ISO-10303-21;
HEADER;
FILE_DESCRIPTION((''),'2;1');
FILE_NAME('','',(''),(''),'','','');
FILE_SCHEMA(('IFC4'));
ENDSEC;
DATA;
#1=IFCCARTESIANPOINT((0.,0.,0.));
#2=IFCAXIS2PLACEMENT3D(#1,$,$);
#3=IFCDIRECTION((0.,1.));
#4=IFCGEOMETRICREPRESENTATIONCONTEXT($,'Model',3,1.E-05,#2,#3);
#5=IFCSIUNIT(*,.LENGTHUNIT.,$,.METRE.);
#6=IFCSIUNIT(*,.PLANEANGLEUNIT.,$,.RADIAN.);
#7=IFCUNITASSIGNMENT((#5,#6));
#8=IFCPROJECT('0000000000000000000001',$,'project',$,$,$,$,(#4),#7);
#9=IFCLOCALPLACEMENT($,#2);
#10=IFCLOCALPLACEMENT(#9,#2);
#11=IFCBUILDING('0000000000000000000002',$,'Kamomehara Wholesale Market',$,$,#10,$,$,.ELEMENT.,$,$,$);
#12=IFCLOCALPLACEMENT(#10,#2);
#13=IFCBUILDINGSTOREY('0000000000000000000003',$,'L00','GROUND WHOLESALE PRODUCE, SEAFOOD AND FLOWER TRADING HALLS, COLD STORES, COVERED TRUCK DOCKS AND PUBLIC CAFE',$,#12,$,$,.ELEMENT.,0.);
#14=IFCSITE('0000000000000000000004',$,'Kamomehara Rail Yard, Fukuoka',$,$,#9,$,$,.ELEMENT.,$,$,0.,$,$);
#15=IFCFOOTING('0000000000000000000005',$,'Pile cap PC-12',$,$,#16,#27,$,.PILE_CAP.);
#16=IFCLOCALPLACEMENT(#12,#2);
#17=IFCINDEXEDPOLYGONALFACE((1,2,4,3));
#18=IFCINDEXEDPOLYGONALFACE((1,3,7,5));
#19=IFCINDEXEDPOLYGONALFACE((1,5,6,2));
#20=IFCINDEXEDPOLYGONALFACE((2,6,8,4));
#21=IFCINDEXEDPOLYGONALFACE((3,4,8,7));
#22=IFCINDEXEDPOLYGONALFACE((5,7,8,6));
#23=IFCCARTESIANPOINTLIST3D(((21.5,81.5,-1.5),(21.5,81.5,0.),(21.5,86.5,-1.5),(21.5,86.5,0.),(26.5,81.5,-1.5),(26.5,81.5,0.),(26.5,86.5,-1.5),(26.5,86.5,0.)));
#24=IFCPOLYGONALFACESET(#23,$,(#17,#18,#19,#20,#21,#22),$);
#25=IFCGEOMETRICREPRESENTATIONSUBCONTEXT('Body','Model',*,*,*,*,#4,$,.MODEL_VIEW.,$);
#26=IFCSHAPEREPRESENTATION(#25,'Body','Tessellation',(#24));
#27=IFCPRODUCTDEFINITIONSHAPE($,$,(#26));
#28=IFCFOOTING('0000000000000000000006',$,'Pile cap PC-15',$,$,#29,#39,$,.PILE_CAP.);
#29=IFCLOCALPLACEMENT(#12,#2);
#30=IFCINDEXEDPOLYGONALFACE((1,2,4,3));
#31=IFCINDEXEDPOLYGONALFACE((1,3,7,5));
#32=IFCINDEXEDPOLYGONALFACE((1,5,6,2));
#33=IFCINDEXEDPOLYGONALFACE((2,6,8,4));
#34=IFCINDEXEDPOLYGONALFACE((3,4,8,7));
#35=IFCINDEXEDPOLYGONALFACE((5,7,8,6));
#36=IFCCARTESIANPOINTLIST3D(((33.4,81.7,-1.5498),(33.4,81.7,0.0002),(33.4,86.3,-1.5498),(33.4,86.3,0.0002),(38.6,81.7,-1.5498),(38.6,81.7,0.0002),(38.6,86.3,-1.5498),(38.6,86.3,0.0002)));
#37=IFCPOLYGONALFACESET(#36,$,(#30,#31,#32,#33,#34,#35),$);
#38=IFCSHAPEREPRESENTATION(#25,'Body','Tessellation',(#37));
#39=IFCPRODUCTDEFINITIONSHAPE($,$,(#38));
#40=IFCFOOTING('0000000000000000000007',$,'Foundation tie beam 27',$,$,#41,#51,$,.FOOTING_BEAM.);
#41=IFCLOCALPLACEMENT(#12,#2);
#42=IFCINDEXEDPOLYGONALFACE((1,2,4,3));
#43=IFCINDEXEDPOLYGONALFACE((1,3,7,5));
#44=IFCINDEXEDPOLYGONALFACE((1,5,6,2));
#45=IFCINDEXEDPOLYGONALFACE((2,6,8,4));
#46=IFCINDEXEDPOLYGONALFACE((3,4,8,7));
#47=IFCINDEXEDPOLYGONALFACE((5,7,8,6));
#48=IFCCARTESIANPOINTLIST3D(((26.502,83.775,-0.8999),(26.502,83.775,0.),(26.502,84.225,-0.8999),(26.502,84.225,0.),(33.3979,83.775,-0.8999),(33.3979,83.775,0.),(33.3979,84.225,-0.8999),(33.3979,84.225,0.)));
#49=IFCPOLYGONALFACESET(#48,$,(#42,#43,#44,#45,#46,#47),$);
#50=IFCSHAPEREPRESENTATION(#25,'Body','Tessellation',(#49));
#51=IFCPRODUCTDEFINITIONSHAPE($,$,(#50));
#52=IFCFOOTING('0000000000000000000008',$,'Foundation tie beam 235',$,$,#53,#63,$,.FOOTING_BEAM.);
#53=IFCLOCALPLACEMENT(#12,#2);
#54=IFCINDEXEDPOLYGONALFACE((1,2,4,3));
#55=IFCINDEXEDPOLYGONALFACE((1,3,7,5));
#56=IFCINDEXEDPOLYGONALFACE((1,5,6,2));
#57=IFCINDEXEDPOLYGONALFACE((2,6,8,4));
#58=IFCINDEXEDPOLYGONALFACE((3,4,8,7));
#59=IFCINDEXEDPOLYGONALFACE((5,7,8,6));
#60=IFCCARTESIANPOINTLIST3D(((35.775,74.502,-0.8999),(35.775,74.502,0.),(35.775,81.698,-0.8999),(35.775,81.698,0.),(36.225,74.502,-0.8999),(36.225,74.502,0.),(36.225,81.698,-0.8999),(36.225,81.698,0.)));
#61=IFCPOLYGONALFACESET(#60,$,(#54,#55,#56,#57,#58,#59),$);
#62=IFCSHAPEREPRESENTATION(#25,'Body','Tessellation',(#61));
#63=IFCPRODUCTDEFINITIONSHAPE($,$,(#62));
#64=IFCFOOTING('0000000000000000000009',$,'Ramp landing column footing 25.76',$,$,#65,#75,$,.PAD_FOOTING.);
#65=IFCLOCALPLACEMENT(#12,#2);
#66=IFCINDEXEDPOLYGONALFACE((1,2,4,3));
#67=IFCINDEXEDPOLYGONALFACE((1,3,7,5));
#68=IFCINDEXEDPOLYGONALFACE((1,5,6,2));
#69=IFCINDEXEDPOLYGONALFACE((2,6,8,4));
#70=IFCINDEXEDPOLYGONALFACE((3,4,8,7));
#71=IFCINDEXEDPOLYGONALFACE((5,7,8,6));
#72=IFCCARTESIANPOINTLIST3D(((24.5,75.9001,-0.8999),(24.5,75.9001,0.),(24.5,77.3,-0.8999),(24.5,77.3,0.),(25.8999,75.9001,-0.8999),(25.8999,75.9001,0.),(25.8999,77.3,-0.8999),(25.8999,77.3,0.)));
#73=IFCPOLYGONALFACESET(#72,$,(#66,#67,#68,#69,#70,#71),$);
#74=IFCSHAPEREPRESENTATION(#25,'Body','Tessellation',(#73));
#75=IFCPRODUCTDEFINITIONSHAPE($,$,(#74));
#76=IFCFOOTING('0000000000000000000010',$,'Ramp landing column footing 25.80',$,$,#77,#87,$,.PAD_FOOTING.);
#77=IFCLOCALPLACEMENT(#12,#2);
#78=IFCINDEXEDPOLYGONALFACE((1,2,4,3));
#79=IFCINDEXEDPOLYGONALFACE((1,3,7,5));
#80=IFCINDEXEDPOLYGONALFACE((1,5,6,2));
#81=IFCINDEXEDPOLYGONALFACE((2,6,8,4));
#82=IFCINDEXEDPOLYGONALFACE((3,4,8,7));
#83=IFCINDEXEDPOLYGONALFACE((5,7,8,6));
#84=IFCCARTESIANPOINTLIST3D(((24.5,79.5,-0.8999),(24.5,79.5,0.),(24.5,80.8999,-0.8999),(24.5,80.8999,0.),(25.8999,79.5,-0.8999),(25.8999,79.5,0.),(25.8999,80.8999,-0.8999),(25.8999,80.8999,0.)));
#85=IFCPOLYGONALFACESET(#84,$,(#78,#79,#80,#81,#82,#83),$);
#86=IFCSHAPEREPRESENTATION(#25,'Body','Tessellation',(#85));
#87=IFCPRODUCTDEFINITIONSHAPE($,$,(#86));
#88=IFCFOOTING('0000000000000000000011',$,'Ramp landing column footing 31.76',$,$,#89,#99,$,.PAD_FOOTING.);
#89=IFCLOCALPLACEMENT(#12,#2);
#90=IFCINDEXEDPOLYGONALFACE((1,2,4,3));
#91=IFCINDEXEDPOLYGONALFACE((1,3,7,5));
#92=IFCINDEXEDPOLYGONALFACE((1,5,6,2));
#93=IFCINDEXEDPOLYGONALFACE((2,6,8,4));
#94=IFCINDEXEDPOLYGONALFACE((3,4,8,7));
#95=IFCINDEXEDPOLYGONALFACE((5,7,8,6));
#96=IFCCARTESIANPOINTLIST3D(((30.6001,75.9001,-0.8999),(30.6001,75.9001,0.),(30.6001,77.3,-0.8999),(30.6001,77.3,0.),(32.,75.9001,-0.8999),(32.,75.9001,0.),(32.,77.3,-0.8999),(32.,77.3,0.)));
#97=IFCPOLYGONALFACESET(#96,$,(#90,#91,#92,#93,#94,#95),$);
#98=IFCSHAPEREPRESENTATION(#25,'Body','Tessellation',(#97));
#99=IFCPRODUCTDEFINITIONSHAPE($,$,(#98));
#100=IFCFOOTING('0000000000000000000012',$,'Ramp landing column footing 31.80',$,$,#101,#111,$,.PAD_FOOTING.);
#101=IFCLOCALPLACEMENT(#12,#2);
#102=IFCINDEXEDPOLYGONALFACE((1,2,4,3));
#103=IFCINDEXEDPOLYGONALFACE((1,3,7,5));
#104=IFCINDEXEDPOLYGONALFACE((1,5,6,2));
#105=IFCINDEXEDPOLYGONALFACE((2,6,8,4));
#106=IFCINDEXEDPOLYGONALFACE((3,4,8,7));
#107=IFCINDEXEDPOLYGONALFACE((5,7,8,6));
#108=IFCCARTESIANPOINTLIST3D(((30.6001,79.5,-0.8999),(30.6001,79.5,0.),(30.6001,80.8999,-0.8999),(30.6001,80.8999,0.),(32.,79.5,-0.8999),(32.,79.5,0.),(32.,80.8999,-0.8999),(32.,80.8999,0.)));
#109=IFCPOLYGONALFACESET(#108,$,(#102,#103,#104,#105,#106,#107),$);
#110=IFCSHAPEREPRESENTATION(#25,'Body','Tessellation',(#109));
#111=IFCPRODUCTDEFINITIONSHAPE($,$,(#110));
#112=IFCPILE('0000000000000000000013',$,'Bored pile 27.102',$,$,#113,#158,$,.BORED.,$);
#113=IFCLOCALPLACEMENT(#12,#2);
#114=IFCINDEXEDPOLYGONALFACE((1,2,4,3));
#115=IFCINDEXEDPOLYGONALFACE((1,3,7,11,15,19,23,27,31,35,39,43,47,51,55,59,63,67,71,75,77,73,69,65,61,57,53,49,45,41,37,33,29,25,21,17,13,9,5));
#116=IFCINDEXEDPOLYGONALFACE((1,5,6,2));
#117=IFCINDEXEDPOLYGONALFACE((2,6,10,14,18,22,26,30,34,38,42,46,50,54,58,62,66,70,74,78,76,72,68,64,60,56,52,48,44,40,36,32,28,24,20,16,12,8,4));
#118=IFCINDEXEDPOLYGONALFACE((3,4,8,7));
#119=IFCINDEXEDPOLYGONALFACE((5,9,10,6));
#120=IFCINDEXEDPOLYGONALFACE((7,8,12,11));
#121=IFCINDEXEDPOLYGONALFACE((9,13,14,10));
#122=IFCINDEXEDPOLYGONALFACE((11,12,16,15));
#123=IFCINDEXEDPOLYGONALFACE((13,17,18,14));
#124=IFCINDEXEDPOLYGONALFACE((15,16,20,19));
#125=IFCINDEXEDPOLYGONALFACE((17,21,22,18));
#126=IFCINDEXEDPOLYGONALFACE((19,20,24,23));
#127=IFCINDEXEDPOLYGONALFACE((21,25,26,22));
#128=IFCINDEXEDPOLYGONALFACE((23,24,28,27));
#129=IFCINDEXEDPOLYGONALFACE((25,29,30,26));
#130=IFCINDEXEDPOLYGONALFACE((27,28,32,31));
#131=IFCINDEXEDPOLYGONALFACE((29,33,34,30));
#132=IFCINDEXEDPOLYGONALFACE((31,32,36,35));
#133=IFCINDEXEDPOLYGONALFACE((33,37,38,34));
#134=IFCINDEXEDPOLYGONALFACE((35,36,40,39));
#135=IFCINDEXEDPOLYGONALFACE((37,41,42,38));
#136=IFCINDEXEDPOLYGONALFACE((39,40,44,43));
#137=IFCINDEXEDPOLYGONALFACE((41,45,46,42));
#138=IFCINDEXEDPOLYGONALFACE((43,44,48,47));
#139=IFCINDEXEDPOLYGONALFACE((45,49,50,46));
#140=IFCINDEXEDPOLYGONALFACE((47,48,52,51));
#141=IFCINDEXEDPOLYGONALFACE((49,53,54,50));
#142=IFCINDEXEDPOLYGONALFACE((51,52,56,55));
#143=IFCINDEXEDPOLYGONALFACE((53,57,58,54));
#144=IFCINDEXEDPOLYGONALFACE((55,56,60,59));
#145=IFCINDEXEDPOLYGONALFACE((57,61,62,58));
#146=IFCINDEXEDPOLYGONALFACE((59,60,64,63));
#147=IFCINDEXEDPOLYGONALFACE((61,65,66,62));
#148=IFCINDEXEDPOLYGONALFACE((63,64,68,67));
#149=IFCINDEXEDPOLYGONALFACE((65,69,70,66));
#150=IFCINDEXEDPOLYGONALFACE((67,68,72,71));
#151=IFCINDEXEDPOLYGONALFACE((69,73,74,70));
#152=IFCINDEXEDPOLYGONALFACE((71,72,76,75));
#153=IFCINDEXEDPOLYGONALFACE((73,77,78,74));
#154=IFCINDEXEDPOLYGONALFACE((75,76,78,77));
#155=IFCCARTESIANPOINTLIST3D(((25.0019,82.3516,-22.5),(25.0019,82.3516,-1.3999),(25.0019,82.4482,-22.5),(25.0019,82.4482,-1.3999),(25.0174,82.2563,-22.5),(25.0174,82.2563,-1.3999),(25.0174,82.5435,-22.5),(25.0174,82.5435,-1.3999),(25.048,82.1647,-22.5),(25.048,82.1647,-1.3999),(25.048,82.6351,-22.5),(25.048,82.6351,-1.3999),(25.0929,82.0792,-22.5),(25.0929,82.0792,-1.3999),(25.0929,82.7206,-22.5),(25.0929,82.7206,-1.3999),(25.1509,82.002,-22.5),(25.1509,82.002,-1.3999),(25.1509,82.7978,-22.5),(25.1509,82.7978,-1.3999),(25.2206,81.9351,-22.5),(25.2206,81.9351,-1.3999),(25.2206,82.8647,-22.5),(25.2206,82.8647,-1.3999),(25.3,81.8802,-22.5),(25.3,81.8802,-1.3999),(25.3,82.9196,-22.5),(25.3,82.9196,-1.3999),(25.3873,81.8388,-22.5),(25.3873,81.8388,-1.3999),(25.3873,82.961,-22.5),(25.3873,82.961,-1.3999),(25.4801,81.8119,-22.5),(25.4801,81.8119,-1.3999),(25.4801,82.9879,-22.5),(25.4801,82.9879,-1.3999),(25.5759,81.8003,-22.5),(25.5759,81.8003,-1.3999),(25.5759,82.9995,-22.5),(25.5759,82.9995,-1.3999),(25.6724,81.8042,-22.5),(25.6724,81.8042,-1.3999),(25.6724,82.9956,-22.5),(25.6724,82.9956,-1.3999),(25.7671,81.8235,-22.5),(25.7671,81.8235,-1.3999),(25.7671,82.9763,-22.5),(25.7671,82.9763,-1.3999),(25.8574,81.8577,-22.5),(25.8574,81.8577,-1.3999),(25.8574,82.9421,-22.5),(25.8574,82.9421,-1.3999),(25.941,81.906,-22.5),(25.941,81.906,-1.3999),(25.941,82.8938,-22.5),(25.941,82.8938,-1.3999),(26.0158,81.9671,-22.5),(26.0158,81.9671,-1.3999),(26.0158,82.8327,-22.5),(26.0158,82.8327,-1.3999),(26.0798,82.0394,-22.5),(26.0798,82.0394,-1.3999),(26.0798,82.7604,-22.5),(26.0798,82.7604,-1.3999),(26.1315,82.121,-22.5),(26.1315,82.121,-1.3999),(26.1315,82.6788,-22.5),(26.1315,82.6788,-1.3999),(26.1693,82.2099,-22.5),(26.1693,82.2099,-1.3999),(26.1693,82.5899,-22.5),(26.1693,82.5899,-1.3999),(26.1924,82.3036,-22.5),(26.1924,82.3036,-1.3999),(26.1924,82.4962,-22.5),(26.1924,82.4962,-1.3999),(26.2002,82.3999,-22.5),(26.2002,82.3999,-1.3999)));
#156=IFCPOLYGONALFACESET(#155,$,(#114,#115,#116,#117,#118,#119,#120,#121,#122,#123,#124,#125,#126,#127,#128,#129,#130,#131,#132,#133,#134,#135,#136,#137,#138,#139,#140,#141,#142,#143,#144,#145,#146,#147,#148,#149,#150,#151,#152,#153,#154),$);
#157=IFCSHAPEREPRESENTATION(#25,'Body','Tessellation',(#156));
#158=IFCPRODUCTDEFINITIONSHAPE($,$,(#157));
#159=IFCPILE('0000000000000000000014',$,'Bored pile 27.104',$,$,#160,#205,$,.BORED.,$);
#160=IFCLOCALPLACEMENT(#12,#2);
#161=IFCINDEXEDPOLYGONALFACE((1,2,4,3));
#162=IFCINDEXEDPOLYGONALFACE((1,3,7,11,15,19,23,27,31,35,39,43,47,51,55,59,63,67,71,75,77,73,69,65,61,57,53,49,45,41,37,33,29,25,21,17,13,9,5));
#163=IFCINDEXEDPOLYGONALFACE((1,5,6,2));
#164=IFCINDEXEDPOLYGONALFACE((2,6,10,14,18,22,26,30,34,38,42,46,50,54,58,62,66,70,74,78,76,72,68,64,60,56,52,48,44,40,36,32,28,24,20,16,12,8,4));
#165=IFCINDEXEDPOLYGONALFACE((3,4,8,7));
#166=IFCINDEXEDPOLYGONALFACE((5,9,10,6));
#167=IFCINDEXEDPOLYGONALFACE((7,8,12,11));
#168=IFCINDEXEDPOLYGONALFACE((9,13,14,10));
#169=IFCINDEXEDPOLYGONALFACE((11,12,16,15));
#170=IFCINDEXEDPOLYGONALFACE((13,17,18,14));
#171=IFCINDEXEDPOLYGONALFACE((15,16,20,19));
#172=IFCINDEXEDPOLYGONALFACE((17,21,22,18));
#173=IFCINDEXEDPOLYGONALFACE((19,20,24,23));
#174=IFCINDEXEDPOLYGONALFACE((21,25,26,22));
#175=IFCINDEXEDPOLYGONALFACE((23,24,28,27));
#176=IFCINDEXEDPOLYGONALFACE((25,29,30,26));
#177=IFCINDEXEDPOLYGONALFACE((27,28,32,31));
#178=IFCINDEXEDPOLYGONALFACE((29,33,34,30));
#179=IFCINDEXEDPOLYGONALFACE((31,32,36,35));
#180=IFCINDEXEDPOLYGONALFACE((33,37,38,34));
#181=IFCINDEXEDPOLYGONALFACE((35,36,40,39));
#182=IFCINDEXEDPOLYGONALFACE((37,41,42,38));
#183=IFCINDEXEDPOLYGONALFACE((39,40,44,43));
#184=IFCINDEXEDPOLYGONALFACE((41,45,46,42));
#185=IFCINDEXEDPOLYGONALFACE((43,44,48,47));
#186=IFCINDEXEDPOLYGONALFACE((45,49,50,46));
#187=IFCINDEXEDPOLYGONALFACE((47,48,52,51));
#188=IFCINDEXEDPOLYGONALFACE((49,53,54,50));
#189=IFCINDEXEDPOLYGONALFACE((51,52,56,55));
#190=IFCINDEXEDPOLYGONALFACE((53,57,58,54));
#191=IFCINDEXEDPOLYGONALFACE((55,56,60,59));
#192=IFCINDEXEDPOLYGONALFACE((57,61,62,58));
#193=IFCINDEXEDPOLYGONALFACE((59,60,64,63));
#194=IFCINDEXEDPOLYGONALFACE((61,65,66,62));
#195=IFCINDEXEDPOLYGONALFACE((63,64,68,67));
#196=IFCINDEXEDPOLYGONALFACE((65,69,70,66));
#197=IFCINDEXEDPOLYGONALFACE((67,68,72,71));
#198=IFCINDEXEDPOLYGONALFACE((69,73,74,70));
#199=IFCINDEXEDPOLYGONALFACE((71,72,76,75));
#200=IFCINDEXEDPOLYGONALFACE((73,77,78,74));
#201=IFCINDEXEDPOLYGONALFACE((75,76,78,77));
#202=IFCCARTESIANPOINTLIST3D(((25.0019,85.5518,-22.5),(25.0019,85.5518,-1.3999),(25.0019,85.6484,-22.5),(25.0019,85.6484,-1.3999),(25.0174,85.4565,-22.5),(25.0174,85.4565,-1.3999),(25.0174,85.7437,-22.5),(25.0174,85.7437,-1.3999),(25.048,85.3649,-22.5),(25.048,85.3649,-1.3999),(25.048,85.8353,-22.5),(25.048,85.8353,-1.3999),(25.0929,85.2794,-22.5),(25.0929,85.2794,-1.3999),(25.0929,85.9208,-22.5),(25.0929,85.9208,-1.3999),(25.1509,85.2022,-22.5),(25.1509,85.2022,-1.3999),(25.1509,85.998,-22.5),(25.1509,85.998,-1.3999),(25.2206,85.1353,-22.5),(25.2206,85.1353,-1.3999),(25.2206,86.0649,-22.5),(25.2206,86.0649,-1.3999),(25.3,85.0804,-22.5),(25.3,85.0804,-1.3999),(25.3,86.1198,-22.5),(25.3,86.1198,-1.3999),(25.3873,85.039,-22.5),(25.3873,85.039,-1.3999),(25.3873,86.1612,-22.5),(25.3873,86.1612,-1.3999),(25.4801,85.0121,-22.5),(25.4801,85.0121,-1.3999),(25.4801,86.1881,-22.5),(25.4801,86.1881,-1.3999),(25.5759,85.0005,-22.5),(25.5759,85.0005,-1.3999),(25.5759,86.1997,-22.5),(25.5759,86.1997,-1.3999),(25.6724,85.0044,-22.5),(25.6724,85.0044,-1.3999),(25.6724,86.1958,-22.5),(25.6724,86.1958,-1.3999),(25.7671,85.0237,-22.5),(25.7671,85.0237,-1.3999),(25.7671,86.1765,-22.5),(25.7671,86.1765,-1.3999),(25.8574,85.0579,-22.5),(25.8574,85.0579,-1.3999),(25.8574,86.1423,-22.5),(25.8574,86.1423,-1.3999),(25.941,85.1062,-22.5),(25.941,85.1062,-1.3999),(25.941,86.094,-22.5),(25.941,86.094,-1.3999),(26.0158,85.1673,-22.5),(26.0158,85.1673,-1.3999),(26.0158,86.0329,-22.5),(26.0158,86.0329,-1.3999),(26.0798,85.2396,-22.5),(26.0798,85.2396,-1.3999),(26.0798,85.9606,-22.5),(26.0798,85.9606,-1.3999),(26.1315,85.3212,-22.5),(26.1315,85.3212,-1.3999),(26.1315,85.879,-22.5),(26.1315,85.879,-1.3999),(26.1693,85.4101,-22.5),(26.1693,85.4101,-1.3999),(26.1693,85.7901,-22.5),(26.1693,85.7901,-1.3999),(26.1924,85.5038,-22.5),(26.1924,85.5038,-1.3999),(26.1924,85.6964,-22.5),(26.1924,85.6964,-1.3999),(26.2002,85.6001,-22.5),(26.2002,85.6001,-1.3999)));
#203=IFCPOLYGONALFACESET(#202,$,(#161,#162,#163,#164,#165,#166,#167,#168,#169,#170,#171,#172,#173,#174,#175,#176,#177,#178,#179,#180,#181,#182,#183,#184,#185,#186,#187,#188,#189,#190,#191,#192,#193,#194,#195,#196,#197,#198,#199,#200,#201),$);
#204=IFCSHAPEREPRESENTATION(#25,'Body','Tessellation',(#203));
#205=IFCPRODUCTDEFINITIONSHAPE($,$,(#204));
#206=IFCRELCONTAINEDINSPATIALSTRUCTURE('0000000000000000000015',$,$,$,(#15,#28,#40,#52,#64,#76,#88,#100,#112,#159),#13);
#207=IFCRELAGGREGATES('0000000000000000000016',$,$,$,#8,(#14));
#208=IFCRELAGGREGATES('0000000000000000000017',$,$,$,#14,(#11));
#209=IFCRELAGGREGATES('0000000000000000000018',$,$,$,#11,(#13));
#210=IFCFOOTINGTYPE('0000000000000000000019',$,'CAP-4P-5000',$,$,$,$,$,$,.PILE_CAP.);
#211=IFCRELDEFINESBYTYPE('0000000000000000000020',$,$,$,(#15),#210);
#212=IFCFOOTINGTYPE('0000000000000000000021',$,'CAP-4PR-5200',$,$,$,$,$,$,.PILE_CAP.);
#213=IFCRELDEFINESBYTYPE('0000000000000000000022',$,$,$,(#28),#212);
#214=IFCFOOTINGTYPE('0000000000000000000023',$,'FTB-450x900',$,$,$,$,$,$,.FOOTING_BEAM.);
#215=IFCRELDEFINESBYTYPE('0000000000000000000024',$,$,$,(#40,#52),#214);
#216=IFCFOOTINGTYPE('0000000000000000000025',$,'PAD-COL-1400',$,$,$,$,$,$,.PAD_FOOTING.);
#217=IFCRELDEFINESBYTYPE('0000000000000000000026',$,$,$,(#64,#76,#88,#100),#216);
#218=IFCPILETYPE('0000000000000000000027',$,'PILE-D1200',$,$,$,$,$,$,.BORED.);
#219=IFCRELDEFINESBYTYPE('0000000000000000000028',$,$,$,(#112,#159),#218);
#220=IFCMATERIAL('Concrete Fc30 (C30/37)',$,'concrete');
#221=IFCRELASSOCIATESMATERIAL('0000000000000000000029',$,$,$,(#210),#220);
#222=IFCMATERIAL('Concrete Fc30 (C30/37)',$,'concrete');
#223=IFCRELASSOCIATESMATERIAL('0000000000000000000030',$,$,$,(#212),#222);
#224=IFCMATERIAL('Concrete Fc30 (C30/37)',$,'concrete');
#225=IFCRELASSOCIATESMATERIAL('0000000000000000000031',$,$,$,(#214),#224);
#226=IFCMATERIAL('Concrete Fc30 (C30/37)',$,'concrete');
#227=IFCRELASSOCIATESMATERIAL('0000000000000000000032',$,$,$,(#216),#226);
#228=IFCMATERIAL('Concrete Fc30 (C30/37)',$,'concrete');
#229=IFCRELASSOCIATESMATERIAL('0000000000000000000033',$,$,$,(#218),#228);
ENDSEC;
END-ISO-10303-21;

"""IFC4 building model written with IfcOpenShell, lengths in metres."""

from ifc_helpers import new_model, si_unit, direction, frame, origin, origin_2d, place, context, subcontext, project, spatial, rectangle, circle, extrude, material, material_profile, profile_set, type_object, element, save


model = new_model("IFC4")

# Units and contexts
model_context = context("Model", 3, precision=1e-05, world=origin(), true_north=direction((0.0, 1.0)))
body_context = subcontext(model_context, "Body", "Model", "MODEL_VIEW")
ifc_project = project(units=[si_unit("LENGTHUNIT", "METRE"), si_unit("PLANEANGLEUNIT", "RADIAN")], contexts=[model_context])

# Site, building, storey
site_placement = place(None, origin())
site = spatial("IfcSite", under=ifc_project, at=site_placement, Name="Kamomehara Rail Yard, Fukuoka", CompositionType="ELEMENT", RefElevation=0.0)
building_placement = place(site_placement, origin())
building = spatial("IfcBuilding", under=site, at=building_placement, Name="Kamomehara Wholesale Market", CompositionType="ELEMENT")
storey_placement = place(building_placement, origin())
storey = spatial("IfcBuildingStorey", under=building, at=storey_placement, Name="L00", Description="GROUND WHOLESALE PRODUCE, SEAFOOD AND FLOWER TRADING HALLS, COLD STORES, COVERED TRUCK DOCKS AND PUBLIC CAFE", CompositionType="ELEMENT", Elevation=0.0)

# Footings
ifc_material_1 = material(Name="Concrete Fc30 (C30/37)", Category="concrete")
footing_type_1 = type_object("IfcFootingType", Name="CAP-4P-5000", PredefinedType="PILE_CAP", material=ifc_material_1)
footing_1_placement = place(storey_placement, frame((24.0, 84.0, -1.5), z_axis=(0.0, 0.0, 1.0), x_axis=(1.0, 0.0, 0.0)))
element("IfcFooting", 1, at=footing_1_placement, inside=storey, type_object=footing_type_1, Name="Pile cap PC-12", PredefinedType="PILE_CAP", context=body_context, shape_type="SweptSolid", body=[
    extrude(rectangle(XDim=5.0, YDim=5.0, at=origin_2d()), origin(), (0.0, 0.0, 1.0), 1.5),
])
ifc_material_2 = material(Name="Concrete Fc30 (C30/37)", Category="concrete")
footing_type_2 = type_object("IfcFootingType", Name="CAP-4PR-5200", PredefinedType="PILE_CAP", material=ifc_material_2)
footing_2_placement = place(storey_placement, frame((36.0, 84.0, -1.5498), z_axis=(0.0, 0.0, 1.0), x_axis=(1.0, 0.0, 0.0)))
element("IfcFooting", 2, at=footing_2_placement, inside=storey, type_object=footing_type_2, Name="Pile cap PC-15", PredefinedType="PILE_CAP", context=body_context, shape_type="SweptSolid", body=[
    extrude(rectangle(XDim=5.2, YDim=4.6001, at=origin_2d()), origin(), (0.0, 0.0, 1.0), 1.55),
])
ifc_material_3 = material(Name="Concrete Fc30 (C30/37)", Category="concrete")
ifc_material_profile_1 = material_profile(ifc_material_3, rectangle(XDim=0.45, YDim=0.8999, at=origin_2d()), Name="RC-FTB-450x900")
ifc_profile_set_1 = profile_set([ifc_material_profile_1], Name="Concrete Fc30 (C30/37)")
footing_type_3 = type_object("IfcFootingType", Name="FTB-450x900", PredefinedType="FOOTING_BEAM", material=ifc_profile_set_1)
footing_3_placement = place(storey_placement, frame((26.502, 84.0, -0.45), z_axis=(1.0, 0.0, 0.0), x_axis=(0.0, 1.0, 0.0)))
element("IfcFooting", 3, at=footing_3_placement, inside=storey, type_object=footing_type_3, Name="Foundation tie beam 27", PredefinedType="FOOTING_BEAM", context=body_context, shape_type="SweptSolid", body=[
    extrude(rectangle(XDim=0.45, YDim=0.8999, at=origin_2d()), origin(), (0.0, 0.0, 1.0), 6.896),
])
footing_4_placement = place(storey_placement, frame((36.0, 74.502, -0.45), z_axis=(0.0, 1.0, 0.0), x_axis=(-1.0, 0.0, 0.0)))
element("IfcFooting", 4, at=footing_4_placement, inside=storey, type_object=footing_type_3, Name="Foundation tie beam 235", PredefinedType="FOOTING_BEAM", context=body_context, shape_type="SweptSolid", body=[
    extrude(rectangle(XDim=0.45, YDim=0.8999, at=origin_2d()), origin(), (0.0, 0.0, 1.0), 7.196),
])
ifc_material_4 = material(Name="Concrete Fc30 (C30/37)", Category="concrete")
footing_type_4 = type_object("IfcFootingType", Name="PAD-COL-1400", PredefinedType="PAD_FOOTING", material=ifc_material_4)
for number, where, z_axis, x_axis, name in (
    (5, (25.2, 76.6001, -0.8999), (0.0, 0.0, 1.0), (1.0, 0.0, 0.0), "Ramp landing column footing 25.76"),
    (6, (25.2, 80.2, -0.8999), (0.0, 0.0, 1.0), (1.0, 0.0, 0.0), "Ramp landing column footing 25.80"),
    (7, (31.3, 76.6001, -0.8999), (0.0, 0.0, 1.0), (1.0, 0.0, 0.0), "Ramp landing column footing 31.76"),
    (8, (31.3, 80.2, -0.8999), (0.0, 0.0, 1.0), (1.0, 0.0, 0.0), "Ramp landing column footing 31.80"),
):
    element("IfcFooting", number, at=place(storey_placement, frame(where, z_axis=z_axis, x_axis=x_axis)), inside=storey, type_object=footing_type_4, Name=name, PredefinedType="PAD_FOOTING", context=body_context, shape_type="SweptSolid", body=[
        extrude(rectangle(XDim=1.3999, YDim=1.3999, at=origin_2d()), origin(), (0.0, 0.0, 1.0), 0.8999),
    ])

# Piles
ifc_material_5 = material(Name="Concrete Fc30 (C30/37)", Category="concrete")
ifc_material_profile_2 = material_profile(ifc_material_5, circle(Radius=0.6001, at=origin_2d()), Name="RC-PILE-D1200")
ifc_profile_set_2 = profile_set([ifc_material_profile_2], Name="Concrete Fc30 (C30/37)")
pile_type = type_object("IfcPileType", Name="PILE-D1200", PredefinedType="BORED", material=ifc_profile_set_2)
for number, where, z_axis, x_axis, name in (
    (9, (25.6001, 82.3999, -1.3999), (0.0, 0.0, -1.0), (1.0, 0.0, 0.0), "Bored pile 27.102"),
    (10, (25.6001, 85.6001, -1.3999), (0.0, 0.0, -1.0), (1.0, 0.0, 0.0), "Bored pile 27.104"),
):
    element("IfcPile", number, at=place(storey_placement, frame(where, z_axis=z_axis, x_axis=x_axis)), inside=storey, type_object=pile_type, Name=name, PredefinedType="BORED", context=body_context, shape_type="SweptSolid", body=[
        extrude(circle(Radius=0.6001, at=origin_2d()), origin(), (0.0, 0.0, 1.0), 21.1001),
    ])

save(model, "model.ifc")
